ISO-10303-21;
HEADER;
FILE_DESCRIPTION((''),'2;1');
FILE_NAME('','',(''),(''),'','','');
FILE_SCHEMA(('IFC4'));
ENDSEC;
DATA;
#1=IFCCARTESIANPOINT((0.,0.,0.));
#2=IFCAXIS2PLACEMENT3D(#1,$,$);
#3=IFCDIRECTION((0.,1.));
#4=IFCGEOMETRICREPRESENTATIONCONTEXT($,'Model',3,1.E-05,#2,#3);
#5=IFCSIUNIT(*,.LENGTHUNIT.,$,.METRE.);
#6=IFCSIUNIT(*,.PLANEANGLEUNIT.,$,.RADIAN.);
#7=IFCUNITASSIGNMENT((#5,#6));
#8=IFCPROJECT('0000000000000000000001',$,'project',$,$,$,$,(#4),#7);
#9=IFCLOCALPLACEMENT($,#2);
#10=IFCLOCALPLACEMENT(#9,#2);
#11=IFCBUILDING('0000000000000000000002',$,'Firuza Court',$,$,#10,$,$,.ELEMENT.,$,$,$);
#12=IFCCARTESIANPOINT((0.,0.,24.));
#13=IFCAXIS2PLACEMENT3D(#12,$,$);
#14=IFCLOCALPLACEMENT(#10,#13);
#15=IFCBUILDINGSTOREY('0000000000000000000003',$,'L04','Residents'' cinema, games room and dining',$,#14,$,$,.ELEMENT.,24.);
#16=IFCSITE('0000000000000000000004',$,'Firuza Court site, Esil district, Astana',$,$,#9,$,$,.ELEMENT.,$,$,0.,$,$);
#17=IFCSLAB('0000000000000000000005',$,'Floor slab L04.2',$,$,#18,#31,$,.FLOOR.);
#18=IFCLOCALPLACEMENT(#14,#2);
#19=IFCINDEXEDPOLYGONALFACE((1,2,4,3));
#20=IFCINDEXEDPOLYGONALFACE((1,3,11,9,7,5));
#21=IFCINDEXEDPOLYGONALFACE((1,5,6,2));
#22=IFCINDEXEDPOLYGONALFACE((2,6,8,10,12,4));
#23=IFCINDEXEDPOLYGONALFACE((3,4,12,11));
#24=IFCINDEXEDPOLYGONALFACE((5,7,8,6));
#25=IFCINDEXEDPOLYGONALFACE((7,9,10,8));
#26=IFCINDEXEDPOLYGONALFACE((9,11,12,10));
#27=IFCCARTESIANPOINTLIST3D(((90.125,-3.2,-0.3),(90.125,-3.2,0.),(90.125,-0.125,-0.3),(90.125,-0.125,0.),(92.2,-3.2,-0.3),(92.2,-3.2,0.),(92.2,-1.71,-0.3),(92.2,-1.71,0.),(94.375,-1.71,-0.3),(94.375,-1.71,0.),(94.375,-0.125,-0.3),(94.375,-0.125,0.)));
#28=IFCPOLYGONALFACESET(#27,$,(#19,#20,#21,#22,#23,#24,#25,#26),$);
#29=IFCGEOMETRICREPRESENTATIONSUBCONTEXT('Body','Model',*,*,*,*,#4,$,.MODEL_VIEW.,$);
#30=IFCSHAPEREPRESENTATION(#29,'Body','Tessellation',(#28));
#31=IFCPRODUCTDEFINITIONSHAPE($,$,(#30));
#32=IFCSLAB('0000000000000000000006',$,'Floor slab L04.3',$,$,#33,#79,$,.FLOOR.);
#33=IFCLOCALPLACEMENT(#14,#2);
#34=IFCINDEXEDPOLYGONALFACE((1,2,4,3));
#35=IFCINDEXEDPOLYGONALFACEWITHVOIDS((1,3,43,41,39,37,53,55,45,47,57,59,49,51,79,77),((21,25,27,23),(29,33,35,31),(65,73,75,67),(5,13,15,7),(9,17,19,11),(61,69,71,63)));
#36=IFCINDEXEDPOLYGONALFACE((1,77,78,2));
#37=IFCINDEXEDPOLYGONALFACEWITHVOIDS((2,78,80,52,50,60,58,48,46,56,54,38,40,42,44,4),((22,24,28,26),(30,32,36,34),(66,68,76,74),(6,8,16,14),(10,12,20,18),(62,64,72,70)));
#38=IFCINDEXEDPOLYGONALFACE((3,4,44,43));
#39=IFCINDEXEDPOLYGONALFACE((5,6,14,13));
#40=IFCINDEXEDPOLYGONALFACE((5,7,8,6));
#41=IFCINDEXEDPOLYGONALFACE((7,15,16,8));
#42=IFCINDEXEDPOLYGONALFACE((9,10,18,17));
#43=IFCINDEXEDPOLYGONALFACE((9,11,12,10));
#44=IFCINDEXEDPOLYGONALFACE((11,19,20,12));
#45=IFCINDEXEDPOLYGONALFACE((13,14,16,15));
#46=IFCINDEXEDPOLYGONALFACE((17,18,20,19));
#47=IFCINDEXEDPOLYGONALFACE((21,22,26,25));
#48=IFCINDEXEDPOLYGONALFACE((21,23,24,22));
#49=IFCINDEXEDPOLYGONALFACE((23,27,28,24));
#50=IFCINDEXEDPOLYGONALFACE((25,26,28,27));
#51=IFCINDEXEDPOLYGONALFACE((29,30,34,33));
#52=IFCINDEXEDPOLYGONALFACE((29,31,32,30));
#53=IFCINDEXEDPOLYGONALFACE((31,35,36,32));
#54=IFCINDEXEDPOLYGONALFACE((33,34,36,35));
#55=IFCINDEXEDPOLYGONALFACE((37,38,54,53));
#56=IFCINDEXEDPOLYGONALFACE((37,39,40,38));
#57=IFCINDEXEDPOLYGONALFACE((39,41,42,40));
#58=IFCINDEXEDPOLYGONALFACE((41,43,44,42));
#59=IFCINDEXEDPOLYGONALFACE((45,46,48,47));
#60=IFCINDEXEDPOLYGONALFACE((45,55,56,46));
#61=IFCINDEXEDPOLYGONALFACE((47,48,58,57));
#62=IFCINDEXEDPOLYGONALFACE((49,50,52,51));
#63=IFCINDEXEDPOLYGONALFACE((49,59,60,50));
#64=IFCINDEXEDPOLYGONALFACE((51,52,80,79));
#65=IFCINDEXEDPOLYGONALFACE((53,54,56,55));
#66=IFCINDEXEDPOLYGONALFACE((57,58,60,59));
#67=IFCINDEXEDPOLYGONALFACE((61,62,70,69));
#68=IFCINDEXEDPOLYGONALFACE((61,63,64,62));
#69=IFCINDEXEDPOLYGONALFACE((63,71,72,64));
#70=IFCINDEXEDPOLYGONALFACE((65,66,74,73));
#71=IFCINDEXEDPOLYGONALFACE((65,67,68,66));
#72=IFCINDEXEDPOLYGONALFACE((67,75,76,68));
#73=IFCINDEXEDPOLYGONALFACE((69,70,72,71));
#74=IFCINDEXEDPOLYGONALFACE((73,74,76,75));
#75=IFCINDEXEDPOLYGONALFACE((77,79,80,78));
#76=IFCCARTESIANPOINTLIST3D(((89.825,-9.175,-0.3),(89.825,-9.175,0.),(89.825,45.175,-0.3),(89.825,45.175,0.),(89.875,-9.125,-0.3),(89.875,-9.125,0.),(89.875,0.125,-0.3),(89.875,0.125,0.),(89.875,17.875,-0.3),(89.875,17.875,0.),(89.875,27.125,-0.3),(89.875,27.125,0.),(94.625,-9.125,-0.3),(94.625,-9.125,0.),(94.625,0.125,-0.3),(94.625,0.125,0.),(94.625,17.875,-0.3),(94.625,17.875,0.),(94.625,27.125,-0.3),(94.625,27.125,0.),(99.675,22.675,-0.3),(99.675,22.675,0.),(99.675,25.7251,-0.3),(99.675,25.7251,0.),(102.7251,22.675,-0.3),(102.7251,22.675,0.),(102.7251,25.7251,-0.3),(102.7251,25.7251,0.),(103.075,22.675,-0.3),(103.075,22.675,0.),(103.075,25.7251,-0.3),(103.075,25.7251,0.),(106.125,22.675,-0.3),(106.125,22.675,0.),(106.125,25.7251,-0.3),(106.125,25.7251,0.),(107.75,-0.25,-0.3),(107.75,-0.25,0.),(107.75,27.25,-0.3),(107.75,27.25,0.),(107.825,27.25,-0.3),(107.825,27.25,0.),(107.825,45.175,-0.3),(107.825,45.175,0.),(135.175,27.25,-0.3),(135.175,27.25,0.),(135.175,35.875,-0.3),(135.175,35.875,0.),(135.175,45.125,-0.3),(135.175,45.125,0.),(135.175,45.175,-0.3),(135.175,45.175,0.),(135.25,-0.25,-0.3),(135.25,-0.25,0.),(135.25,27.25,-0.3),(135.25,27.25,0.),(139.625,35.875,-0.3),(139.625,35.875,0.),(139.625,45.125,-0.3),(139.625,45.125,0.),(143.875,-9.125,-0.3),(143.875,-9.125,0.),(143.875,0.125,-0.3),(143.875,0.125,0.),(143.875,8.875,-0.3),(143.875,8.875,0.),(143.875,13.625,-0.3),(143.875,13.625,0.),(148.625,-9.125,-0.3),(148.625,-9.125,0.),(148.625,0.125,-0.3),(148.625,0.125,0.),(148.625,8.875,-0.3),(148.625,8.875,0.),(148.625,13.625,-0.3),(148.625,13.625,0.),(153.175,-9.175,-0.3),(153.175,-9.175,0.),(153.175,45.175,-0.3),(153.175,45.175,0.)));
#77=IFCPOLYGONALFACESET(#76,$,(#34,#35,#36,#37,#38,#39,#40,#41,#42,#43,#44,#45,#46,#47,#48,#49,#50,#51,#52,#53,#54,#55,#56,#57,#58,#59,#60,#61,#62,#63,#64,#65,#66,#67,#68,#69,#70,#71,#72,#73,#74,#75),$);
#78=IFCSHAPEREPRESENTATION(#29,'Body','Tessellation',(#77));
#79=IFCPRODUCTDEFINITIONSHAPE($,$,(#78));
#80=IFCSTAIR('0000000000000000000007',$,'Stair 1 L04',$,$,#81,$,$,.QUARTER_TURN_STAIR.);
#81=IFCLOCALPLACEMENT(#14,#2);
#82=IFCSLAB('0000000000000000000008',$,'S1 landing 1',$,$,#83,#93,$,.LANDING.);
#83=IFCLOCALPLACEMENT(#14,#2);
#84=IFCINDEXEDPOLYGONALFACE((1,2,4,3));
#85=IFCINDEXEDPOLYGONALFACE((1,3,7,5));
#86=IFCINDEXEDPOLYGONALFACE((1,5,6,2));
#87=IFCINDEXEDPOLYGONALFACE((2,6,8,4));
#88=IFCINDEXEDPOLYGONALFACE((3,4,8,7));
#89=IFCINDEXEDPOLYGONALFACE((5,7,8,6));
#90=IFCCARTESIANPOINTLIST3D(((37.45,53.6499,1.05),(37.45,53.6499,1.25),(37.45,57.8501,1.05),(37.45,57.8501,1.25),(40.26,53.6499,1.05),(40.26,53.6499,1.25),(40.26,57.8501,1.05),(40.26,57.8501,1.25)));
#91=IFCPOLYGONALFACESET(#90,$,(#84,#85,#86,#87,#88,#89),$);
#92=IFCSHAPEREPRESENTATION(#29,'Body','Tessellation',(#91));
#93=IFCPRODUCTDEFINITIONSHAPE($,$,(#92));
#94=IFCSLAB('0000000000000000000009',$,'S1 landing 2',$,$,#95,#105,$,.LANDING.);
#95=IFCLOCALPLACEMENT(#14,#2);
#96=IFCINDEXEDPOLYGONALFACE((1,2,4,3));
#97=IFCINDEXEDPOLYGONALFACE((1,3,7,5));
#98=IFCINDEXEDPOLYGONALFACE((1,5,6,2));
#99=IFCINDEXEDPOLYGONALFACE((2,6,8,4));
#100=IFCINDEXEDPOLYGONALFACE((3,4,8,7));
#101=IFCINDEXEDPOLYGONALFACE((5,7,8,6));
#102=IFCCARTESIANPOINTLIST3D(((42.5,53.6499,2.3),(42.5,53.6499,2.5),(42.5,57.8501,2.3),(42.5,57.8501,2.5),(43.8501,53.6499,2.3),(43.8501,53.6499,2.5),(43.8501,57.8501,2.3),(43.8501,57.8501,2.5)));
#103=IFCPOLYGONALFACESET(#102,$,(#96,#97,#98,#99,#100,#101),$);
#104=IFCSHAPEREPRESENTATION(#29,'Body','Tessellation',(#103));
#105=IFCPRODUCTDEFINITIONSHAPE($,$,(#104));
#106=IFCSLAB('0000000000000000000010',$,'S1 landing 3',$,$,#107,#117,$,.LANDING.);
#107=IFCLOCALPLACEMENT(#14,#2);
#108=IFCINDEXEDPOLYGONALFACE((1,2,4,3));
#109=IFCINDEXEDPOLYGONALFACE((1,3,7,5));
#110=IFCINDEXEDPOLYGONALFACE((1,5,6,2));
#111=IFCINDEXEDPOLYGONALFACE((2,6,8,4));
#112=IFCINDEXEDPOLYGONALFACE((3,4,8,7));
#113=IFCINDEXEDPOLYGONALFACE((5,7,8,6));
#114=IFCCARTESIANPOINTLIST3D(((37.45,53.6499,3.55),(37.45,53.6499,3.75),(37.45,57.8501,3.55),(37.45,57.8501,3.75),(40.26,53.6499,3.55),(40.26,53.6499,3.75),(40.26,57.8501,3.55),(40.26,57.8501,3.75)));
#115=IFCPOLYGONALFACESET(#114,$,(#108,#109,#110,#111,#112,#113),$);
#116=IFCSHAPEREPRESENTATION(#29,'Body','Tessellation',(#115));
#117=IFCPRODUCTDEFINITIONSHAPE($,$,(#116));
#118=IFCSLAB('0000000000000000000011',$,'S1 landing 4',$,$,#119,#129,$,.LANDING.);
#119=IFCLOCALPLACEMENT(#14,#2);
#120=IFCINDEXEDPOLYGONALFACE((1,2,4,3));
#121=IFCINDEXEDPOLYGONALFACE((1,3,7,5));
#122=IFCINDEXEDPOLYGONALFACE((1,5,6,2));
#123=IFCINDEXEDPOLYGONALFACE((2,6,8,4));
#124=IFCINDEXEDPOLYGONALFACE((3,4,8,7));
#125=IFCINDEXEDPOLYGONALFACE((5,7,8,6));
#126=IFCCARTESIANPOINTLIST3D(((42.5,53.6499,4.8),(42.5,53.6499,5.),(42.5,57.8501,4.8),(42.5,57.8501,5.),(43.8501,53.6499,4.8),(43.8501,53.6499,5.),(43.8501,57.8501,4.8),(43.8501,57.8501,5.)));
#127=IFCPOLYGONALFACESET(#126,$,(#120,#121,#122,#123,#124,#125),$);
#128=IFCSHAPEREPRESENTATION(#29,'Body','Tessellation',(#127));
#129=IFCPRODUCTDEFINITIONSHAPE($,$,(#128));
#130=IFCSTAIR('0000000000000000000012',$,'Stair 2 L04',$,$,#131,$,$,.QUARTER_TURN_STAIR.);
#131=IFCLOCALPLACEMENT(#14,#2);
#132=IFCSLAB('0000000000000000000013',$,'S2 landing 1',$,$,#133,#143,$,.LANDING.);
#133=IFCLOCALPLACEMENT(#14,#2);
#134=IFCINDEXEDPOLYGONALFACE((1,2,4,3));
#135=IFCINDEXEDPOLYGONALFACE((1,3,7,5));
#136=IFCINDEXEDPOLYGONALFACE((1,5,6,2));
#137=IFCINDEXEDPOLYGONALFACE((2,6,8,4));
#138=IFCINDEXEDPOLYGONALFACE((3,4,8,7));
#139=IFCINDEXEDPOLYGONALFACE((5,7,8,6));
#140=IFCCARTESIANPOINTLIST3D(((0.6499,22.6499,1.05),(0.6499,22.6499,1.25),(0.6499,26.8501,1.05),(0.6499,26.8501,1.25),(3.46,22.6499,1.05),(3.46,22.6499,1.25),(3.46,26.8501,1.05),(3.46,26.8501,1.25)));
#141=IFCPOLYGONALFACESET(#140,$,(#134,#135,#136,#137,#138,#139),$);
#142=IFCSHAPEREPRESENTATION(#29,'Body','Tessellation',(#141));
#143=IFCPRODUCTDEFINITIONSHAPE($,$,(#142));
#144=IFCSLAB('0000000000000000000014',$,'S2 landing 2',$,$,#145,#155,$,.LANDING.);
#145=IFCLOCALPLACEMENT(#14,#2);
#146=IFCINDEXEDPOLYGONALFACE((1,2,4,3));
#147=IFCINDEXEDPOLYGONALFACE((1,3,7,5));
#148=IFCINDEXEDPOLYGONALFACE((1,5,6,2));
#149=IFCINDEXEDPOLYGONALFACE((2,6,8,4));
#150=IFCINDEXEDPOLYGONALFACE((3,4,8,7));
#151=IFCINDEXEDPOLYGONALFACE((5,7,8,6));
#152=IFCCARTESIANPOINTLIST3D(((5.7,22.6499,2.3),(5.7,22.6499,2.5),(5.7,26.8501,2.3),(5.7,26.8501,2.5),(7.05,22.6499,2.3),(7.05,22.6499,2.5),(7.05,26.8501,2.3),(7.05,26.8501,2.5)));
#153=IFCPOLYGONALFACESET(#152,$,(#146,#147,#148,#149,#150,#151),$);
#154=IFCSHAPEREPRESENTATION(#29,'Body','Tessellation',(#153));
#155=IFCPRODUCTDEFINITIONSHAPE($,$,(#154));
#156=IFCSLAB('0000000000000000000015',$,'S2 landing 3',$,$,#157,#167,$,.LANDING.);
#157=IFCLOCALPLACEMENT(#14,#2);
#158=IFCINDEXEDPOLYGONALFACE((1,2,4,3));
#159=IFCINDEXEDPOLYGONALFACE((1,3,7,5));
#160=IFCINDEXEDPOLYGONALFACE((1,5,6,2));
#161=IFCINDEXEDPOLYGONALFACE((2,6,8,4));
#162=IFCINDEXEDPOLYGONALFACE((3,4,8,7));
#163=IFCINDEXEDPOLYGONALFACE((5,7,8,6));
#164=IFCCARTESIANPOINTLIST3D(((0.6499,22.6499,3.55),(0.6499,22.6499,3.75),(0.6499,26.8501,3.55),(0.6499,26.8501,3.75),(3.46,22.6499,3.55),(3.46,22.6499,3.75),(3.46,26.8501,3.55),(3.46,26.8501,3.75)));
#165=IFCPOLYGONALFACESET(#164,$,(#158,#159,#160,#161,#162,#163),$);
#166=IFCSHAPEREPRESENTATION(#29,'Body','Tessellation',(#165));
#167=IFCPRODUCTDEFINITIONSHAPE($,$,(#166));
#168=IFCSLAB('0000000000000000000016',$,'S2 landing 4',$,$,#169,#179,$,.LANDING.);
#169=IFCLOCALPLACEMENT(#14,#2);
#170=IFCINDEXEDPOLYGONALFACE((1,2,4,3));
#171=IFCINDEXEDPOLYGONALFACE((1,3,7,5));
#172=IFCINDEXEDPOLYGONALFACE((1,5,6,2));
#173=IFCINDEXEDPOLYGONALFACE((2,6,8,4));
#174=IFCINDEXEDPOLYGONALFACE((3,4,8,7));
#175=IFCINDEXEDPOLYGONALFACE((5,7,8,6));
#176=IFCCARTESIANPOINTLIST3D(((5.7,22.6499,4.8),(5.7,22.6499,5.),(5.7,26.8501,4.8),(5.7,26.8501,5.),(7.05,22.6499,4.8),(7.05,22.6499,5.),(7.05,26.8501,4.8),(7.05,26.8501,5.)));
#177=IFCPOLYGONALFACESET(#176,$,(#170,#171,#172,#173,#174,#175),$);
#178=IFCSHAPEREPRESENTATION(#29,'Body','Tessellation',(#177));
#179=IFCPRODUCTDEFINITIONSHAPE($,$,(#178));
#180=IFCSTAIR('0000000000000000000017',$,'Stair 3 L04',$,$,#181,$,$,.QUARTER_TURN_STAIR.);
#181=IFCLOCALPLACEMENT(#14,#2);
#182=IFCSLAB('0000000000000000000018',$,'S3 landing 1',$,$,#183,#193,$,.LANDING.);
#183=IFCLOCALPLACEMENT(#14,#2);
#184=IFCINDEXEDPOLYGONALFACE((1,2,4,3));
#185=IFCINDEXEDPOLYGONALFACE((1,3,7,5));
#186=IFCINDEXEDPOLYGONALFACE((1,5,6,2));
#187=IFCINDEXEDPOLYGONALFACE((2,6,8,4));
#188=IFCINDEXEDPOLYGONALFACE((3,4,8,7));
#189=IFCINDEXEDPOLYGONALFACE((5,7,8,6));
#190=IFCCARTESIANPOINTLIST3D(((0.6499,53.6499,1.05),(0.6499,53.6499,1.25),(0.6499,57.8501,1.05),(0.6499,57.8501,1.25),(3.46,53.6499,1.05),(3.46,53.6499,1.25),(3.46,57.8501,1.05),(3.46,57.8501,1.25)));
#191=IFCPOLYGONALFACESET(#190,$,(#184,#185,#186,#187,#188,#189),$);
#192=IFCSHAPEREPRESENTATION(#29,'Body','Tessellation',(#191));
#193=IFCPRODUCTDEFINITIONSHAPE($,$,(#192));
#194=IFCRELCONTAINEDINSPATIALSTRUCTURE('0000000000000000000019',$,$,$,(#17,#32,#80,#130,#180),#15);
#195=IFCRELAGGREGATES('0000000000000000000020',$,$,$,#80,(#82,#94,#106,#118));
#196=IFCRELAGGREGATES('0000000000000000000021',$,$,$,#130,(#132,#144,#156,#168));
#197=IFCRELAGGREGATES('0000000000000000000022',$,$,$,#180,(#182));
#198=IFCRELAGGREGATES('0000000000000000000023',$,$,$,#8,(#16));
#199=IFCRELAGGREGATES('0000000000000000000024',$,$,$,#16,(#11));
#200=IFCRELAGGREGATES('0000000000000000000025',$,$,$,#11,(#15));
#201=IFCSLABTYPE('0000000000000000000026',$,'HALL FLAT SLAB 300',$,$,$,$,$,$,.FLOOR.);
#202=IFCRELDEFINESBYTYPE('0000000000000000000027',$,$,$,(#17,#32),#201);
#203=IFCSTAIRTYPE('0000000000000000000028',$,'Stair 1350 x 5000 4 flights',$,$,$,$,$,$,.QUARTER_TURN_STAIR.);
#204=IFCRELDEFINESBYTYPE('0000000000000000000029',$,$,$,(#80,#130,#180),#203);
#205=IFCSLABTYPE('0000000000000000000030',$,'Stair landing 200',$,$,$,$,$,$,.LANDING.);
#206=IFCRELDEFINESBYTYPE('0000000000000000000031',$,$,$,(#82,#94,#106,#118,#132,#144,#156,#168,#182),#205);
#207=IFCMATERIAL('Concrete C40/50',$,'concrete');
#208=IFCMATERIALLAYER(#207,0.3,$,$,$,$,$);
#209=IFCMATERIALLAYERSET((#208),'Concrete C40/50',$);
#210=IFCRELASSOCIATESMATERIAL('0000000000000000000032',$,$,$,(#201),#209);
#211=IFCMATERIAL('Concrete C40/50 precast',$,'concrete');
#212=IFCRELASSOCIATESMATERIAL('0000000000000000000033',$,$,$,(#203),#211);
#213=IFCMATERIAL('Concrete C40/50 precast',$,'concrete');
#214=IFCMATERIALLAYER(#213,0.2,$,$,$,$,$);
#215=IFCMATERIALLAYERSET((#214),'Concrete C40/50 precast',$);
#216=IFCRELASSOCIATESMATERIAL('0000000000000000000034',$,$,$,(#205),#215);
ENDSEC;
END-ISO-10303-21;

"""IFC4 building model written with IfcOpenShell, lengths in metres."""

from ifc_helpers import new_model, si_unit, direction, frame, origin, place, context, subcontext, project, spatial, polyline, outline, extrude, material, layer, layer_set, type_object, element, aggregate, save


model = new_model("IFC4")

# Units and contexts
model_context = context("Model", 3, precision=1e-05, world=origin(), true_north=direction((0.0, 1.0)))
body_context = subcontext(model_context, "Body", "Model", "MODEL_VIEW")
ifc_project = project(units=[si_unit("LENGTHUNIT", "METRE"), si_unit("PLANEANGLEUNIT", "RADIAN")], contexts=[model_context])

# Site, building, storey
site_placement = place(None, origin())
site = spatial("IfcSite", under=ifc_project, at=site_placement, Name="Firuza Court site, Esil district, Astana", CompositionType="ELEMENT", RefElevation=0.0)
building_placement = place(site_placement, origin())
building = spatial("IfcBuilding", under=site, at=building_placement, Name="Firuza Court", CompositionType="ELEMENT")
storey_placement = place(building_placement, frame((0.0, 0.0, 24.0)))
storey = spatial("IfcBuildingStorey", under=building, at=storey_placement, Name="L04", Description="Residents' cinema, games room and dining", CompositionType="ELEMENT", Elevation=24.0)

# Slabs
ifc_material_1 = material(Name="Concrete C40/50", Category="concrete")
ifc_layer_1 = layer(ifc_material_1, 0.3)
ifc_layer_set_1 = layer_set([ifc_layer_1], Name="Concrete C40/50")
slab_type_1 = type_object("IfcSlabType", Name="HALL FLAT SLAB 300", PredefinedType="FLOOR", material=ifc_layer_set_1)
slab_1_placement = place(storey_placement, frame((0.0, 0.0, -0.3)))
element("IfcSlab", 1, at=slab_1_placement, inside=storey, type_object=slab_type_1, Name="Floor slab L04.2", PredefinedType="FLOOR", context=body_context, shape_type="SweptSolid", body=[
    extrude(outline(polyline([(90.125, -3.2), (90.125, -0.125), (94.375, -0.125), (94.375, -1.71), (92.2, -1.71), (92.2, -3.2), (90.125, -3.2)])), origin(), (0.0, 0.0, 1.0), 0.3),
])
slab_2_placement = place(storey_placement, frame((0.0, 0.0, -0.3)))
element("IfcSlab", 2, at=slab_2_placement, inside=storey, type_object=slab_type_1, Name="Floor slab L04.3", PredefinedType="FLOOR", context=body_context, shape_type="SweptSolid", body=[
    extrude(outline(polyline([(107.825, 45.175), (107.825, 27.25), (107.75, 27.25), (107.75, -0.25), (135.25, -0.25), (135.25, 27.25), (135.175, 27.25), (135.175, 35.875), (139.625, 35.875), (139.625, 45.125), (135.175, 45.125), (135.175, 45.175), (153.175, 45.175), (153.175, -9.175), (89.825, -9.175), (89.825, 45.175), (107.825, 45.175)]), holes=[polyline([(94.625, -9.125), (94.625, 0.125), (89.875, 0.125), (89.875, -9.125), (94.625, -9.125)]), polyline([(148.625, -9.125), (148.625, 0.125), (143.875, 0.125), (143.875, -9.125), (148.625, -9.125)]), polyline([(148.625, 8.875), (148.625, 13.625), (143.875, 13.625), (143.875, 8.875), (148.625, 8.875)]), polyline([(94.625, 17.875), (94.625, 27.125), (89.875, 27.125), (89.875, 17.875), (94.625, 17.875)]), polyline([(102.7251, 22.675), (102.7251, 25.7251), (99.675, 25.7251), (99.675, 22.675), (102.7251, 22.675)]), polyline([(106.125, 22.675), (106.125, 25.7251), (103.075, 25.7251), (103.075, 22.675), (106.125, 22.675)])]), origin(), (0.0, 0.0, 1.0), 0.3),
])

# Stairs, slabs
ifc_material_2 = material(Name="Concrete C40/50 precast", Category="concrete")
stair_type = type_object("IfcStairType", Name="Stair 1350 x 5000 4 flights", PredefinedType="QUARTER_TURN_STAIR", material=ifc_material_2)
stair_1_placement = place(storey_placement, origin())
stair_1 = element("IfcStair", 3, at=stair_1_placement, inside=storey, type_object=stair_type, Name="Stair 1 L04", PredefinedType="QUARTER_TURN_STAIR")
ifc_material_3 = material(Name="Concrete C40/50 precast", Category="concrete")
ifc_layer_2 = layer(ifc_material_3, 0.2)
ifc_layer_set_2 = layer_set([ifc_layer_2], Name="Concrete C40/50 precast")
slab_type_2 = type_object("IfcSlabType", Name="Stair landing 200", PredefinedType="LANDING", material=ifc_layer_set_2)
slab_3_placement = place(storey_placement, frame((0.0, 0.0, 1.05)))
slab_3 = element("IfcSlab", 4, at=slab_3_placement, type_object=slab_type_2, Name="S1 landing 1", PredefinedType="LANDING", context=body_context, shape_type="SweptSolid", body=[
    extrude(outline(polyline([(40.26, 53.6499), (40.26, 57.8501), (37.45, 57.8501), (37.45, 53.6499), (40.26, 53.6499)])), origin(), (0.0, 0.0, 1.0), 0.2),
])
slab_4_placement = place(storey_placement, frame((0.0, 0.0, 2.3)))
slab_4 = element("IfcSlab", 5, at=slab_4_placement, type_object=slab_type_2, Name="S1 landing 2", PredefinedType="LANDING", context=body_context, shape_type="SweptSolid", body=[
    extrude(outline(polyline([(43.8501, 53.6499), (43.8501, 57.8501), (42.5, 57.8501), (42.5, 53.6499), (43.8501, 53.6499)])), origin(), (0.0, 0.0, 1.0), 0.2),
])
slab_5_placement = place(storey_placement, frame((0.0, 0.0, 3.55)))
slab_5 = element("IfcSlab", 6, at=slab_5_placement, type_object=slab_type_2, Name="S1 landing 3", PredefinedType="LANDING", context=body_context, shape_type="SweptSolid", body=[
    extrude(outline(polyline([(40.26, 53.6499), (40.26, 57.8501), (37.45, 57.8501), (37.45, 53.6499), (40.26, 53.6499)])), origin(), (0.0, 0.0, 1.0), 0.2),
])
slab_6_placement = place(storey_placement, frame((0.0, 0.0, 4.8)))
slab_6 = element("IfcSlab", 7, at=slab_6_placement, type_object=slab_type_2, Name="S1 landing 4", PredefinedType="LANDING", context=body_context, shape_type="SweptSolid", body=[
    extrude(outline(polyline([(43.8501, 53.6499), (43.8501, 57.8501), (42.5, 57.8501), (42.5, 53.6499), (43.8501, 53.6499)])), origin(), (0.0, 0.0, 1.0), 0.2),
])
aggregate(stair_1, [slab_3, slab_4, slab_5, slab_6])
stair_2_placement = place(storey_placement, origin())
stair_2 = element("IfcStair", 8, at=stair_2_placement, inside=storey, type_object=stair_type, Name="Stair 2 L04", PredefinedType="QUARTER_TURN_STAIR")
slab_7_placement = place(storey_placement, frame((0.0, 0.0, 1.05)))
slab_7 = element("IfcSlab", 9, at=slab_7_placement, type_object=slab_type_2, Name="S2 landing 1", PredefinedType="LANDING", context=body_context, shape_type="SweptSolid", body=[
    extrude(outline(polyline([(3.46, 22.6499), (3.46, 26.8501), (0.6499, 26.8501), (0.6499, 22.6499), (3.46, 22.6499)])), origin(), (0.0, 0.0, 1.0), 0.2),
])
slab_8_placement = place(storey_placement, frame((0.0, 0.0, 2.3)))
slab_8 = element("IfcSlab", 10, at=slab_8_placement, type_object=slab_type_2, Name="S2 landing 2", PredefinedType="LANDING", context=body_context, shape_type="SweptSolid", body=[
    extrude(outline(polyline([(7.05, 22.6499), (7.05, 26.8501), (5.7, 26.8501), (5.7, 22.6499), (7.05, 22.6499)])), origin(), (0.0, 0.0, 1.0), 0.2),
])
slab_9_placement = place(storey_placement, frame((0.0, 0.0, 3.55)))
slab_9 = element("IfcSlab", 11, at=slab_9_placement, type_object=slab_type_2, Name="S2 landing 3", PredefinedType="LANDING", context=body_context, shape_type="SweptSolid", body=[
    extrude(outline(polyline([(3.46, 22.6499), (3.46, 26.8501), (0.6499, 26.8501), (0.6499, 22.6499), (3.46, 22.6499)])), origin(), (0.0, 0.0, 1.0), 0.2),
])
slab_10_placement = place(storey_placement, frame((0.0, 0.0, 4.8)))
slab_10 = element("IfcSlab", 12, at=slab_10_placement, type_object=slab_type_2, Name="S2 landing 4", PredefinedType="LANDING", context=body_context, shape_type="SweptSolid", body=[
    extrude(outline(polyline([(7.05, 22.6499), (7.05, 26.8501), (5.7, 26.8501), (5.7, 22.6499), (7.05, 22.6499)])), origin(), (0.0, 0.0, 1.0), 0.2),
])
aggregate(stair_2, [slab_7, slab_8, slab_9, slab_10])
stair_3_placement = place(storey_placement, origin())
stair_3 = element("IfcStair", 13, at=stair_3_placement, inside=storey, type_object=stair_type, Name="Stair 3 L04", PredefinedType="QUARTER_TURN_STAIR")
slab_11_placement = place(storey_placement, frame((0.0, 0.0, 1.05)))
slab_11 = element("IfcSlab", 14, at=slab_11_placement, type_object=slab_type_2, Name="S3 landing 1", PredefinedType="LANDING", context=body_context, shape_type="SweptSolid", body=[
    extrude(outline(polyline([(3.46, 53.6499), (3.46, 57.8501), (0.6499, 57.8501), (0.6499, 53.6499), (3.46, 53.6499)])), origin(), (0.0, 0.0, 1.0), 0.2),
])
aggregate(stair_3, [slab_11])

save(model, "model.ifc")
